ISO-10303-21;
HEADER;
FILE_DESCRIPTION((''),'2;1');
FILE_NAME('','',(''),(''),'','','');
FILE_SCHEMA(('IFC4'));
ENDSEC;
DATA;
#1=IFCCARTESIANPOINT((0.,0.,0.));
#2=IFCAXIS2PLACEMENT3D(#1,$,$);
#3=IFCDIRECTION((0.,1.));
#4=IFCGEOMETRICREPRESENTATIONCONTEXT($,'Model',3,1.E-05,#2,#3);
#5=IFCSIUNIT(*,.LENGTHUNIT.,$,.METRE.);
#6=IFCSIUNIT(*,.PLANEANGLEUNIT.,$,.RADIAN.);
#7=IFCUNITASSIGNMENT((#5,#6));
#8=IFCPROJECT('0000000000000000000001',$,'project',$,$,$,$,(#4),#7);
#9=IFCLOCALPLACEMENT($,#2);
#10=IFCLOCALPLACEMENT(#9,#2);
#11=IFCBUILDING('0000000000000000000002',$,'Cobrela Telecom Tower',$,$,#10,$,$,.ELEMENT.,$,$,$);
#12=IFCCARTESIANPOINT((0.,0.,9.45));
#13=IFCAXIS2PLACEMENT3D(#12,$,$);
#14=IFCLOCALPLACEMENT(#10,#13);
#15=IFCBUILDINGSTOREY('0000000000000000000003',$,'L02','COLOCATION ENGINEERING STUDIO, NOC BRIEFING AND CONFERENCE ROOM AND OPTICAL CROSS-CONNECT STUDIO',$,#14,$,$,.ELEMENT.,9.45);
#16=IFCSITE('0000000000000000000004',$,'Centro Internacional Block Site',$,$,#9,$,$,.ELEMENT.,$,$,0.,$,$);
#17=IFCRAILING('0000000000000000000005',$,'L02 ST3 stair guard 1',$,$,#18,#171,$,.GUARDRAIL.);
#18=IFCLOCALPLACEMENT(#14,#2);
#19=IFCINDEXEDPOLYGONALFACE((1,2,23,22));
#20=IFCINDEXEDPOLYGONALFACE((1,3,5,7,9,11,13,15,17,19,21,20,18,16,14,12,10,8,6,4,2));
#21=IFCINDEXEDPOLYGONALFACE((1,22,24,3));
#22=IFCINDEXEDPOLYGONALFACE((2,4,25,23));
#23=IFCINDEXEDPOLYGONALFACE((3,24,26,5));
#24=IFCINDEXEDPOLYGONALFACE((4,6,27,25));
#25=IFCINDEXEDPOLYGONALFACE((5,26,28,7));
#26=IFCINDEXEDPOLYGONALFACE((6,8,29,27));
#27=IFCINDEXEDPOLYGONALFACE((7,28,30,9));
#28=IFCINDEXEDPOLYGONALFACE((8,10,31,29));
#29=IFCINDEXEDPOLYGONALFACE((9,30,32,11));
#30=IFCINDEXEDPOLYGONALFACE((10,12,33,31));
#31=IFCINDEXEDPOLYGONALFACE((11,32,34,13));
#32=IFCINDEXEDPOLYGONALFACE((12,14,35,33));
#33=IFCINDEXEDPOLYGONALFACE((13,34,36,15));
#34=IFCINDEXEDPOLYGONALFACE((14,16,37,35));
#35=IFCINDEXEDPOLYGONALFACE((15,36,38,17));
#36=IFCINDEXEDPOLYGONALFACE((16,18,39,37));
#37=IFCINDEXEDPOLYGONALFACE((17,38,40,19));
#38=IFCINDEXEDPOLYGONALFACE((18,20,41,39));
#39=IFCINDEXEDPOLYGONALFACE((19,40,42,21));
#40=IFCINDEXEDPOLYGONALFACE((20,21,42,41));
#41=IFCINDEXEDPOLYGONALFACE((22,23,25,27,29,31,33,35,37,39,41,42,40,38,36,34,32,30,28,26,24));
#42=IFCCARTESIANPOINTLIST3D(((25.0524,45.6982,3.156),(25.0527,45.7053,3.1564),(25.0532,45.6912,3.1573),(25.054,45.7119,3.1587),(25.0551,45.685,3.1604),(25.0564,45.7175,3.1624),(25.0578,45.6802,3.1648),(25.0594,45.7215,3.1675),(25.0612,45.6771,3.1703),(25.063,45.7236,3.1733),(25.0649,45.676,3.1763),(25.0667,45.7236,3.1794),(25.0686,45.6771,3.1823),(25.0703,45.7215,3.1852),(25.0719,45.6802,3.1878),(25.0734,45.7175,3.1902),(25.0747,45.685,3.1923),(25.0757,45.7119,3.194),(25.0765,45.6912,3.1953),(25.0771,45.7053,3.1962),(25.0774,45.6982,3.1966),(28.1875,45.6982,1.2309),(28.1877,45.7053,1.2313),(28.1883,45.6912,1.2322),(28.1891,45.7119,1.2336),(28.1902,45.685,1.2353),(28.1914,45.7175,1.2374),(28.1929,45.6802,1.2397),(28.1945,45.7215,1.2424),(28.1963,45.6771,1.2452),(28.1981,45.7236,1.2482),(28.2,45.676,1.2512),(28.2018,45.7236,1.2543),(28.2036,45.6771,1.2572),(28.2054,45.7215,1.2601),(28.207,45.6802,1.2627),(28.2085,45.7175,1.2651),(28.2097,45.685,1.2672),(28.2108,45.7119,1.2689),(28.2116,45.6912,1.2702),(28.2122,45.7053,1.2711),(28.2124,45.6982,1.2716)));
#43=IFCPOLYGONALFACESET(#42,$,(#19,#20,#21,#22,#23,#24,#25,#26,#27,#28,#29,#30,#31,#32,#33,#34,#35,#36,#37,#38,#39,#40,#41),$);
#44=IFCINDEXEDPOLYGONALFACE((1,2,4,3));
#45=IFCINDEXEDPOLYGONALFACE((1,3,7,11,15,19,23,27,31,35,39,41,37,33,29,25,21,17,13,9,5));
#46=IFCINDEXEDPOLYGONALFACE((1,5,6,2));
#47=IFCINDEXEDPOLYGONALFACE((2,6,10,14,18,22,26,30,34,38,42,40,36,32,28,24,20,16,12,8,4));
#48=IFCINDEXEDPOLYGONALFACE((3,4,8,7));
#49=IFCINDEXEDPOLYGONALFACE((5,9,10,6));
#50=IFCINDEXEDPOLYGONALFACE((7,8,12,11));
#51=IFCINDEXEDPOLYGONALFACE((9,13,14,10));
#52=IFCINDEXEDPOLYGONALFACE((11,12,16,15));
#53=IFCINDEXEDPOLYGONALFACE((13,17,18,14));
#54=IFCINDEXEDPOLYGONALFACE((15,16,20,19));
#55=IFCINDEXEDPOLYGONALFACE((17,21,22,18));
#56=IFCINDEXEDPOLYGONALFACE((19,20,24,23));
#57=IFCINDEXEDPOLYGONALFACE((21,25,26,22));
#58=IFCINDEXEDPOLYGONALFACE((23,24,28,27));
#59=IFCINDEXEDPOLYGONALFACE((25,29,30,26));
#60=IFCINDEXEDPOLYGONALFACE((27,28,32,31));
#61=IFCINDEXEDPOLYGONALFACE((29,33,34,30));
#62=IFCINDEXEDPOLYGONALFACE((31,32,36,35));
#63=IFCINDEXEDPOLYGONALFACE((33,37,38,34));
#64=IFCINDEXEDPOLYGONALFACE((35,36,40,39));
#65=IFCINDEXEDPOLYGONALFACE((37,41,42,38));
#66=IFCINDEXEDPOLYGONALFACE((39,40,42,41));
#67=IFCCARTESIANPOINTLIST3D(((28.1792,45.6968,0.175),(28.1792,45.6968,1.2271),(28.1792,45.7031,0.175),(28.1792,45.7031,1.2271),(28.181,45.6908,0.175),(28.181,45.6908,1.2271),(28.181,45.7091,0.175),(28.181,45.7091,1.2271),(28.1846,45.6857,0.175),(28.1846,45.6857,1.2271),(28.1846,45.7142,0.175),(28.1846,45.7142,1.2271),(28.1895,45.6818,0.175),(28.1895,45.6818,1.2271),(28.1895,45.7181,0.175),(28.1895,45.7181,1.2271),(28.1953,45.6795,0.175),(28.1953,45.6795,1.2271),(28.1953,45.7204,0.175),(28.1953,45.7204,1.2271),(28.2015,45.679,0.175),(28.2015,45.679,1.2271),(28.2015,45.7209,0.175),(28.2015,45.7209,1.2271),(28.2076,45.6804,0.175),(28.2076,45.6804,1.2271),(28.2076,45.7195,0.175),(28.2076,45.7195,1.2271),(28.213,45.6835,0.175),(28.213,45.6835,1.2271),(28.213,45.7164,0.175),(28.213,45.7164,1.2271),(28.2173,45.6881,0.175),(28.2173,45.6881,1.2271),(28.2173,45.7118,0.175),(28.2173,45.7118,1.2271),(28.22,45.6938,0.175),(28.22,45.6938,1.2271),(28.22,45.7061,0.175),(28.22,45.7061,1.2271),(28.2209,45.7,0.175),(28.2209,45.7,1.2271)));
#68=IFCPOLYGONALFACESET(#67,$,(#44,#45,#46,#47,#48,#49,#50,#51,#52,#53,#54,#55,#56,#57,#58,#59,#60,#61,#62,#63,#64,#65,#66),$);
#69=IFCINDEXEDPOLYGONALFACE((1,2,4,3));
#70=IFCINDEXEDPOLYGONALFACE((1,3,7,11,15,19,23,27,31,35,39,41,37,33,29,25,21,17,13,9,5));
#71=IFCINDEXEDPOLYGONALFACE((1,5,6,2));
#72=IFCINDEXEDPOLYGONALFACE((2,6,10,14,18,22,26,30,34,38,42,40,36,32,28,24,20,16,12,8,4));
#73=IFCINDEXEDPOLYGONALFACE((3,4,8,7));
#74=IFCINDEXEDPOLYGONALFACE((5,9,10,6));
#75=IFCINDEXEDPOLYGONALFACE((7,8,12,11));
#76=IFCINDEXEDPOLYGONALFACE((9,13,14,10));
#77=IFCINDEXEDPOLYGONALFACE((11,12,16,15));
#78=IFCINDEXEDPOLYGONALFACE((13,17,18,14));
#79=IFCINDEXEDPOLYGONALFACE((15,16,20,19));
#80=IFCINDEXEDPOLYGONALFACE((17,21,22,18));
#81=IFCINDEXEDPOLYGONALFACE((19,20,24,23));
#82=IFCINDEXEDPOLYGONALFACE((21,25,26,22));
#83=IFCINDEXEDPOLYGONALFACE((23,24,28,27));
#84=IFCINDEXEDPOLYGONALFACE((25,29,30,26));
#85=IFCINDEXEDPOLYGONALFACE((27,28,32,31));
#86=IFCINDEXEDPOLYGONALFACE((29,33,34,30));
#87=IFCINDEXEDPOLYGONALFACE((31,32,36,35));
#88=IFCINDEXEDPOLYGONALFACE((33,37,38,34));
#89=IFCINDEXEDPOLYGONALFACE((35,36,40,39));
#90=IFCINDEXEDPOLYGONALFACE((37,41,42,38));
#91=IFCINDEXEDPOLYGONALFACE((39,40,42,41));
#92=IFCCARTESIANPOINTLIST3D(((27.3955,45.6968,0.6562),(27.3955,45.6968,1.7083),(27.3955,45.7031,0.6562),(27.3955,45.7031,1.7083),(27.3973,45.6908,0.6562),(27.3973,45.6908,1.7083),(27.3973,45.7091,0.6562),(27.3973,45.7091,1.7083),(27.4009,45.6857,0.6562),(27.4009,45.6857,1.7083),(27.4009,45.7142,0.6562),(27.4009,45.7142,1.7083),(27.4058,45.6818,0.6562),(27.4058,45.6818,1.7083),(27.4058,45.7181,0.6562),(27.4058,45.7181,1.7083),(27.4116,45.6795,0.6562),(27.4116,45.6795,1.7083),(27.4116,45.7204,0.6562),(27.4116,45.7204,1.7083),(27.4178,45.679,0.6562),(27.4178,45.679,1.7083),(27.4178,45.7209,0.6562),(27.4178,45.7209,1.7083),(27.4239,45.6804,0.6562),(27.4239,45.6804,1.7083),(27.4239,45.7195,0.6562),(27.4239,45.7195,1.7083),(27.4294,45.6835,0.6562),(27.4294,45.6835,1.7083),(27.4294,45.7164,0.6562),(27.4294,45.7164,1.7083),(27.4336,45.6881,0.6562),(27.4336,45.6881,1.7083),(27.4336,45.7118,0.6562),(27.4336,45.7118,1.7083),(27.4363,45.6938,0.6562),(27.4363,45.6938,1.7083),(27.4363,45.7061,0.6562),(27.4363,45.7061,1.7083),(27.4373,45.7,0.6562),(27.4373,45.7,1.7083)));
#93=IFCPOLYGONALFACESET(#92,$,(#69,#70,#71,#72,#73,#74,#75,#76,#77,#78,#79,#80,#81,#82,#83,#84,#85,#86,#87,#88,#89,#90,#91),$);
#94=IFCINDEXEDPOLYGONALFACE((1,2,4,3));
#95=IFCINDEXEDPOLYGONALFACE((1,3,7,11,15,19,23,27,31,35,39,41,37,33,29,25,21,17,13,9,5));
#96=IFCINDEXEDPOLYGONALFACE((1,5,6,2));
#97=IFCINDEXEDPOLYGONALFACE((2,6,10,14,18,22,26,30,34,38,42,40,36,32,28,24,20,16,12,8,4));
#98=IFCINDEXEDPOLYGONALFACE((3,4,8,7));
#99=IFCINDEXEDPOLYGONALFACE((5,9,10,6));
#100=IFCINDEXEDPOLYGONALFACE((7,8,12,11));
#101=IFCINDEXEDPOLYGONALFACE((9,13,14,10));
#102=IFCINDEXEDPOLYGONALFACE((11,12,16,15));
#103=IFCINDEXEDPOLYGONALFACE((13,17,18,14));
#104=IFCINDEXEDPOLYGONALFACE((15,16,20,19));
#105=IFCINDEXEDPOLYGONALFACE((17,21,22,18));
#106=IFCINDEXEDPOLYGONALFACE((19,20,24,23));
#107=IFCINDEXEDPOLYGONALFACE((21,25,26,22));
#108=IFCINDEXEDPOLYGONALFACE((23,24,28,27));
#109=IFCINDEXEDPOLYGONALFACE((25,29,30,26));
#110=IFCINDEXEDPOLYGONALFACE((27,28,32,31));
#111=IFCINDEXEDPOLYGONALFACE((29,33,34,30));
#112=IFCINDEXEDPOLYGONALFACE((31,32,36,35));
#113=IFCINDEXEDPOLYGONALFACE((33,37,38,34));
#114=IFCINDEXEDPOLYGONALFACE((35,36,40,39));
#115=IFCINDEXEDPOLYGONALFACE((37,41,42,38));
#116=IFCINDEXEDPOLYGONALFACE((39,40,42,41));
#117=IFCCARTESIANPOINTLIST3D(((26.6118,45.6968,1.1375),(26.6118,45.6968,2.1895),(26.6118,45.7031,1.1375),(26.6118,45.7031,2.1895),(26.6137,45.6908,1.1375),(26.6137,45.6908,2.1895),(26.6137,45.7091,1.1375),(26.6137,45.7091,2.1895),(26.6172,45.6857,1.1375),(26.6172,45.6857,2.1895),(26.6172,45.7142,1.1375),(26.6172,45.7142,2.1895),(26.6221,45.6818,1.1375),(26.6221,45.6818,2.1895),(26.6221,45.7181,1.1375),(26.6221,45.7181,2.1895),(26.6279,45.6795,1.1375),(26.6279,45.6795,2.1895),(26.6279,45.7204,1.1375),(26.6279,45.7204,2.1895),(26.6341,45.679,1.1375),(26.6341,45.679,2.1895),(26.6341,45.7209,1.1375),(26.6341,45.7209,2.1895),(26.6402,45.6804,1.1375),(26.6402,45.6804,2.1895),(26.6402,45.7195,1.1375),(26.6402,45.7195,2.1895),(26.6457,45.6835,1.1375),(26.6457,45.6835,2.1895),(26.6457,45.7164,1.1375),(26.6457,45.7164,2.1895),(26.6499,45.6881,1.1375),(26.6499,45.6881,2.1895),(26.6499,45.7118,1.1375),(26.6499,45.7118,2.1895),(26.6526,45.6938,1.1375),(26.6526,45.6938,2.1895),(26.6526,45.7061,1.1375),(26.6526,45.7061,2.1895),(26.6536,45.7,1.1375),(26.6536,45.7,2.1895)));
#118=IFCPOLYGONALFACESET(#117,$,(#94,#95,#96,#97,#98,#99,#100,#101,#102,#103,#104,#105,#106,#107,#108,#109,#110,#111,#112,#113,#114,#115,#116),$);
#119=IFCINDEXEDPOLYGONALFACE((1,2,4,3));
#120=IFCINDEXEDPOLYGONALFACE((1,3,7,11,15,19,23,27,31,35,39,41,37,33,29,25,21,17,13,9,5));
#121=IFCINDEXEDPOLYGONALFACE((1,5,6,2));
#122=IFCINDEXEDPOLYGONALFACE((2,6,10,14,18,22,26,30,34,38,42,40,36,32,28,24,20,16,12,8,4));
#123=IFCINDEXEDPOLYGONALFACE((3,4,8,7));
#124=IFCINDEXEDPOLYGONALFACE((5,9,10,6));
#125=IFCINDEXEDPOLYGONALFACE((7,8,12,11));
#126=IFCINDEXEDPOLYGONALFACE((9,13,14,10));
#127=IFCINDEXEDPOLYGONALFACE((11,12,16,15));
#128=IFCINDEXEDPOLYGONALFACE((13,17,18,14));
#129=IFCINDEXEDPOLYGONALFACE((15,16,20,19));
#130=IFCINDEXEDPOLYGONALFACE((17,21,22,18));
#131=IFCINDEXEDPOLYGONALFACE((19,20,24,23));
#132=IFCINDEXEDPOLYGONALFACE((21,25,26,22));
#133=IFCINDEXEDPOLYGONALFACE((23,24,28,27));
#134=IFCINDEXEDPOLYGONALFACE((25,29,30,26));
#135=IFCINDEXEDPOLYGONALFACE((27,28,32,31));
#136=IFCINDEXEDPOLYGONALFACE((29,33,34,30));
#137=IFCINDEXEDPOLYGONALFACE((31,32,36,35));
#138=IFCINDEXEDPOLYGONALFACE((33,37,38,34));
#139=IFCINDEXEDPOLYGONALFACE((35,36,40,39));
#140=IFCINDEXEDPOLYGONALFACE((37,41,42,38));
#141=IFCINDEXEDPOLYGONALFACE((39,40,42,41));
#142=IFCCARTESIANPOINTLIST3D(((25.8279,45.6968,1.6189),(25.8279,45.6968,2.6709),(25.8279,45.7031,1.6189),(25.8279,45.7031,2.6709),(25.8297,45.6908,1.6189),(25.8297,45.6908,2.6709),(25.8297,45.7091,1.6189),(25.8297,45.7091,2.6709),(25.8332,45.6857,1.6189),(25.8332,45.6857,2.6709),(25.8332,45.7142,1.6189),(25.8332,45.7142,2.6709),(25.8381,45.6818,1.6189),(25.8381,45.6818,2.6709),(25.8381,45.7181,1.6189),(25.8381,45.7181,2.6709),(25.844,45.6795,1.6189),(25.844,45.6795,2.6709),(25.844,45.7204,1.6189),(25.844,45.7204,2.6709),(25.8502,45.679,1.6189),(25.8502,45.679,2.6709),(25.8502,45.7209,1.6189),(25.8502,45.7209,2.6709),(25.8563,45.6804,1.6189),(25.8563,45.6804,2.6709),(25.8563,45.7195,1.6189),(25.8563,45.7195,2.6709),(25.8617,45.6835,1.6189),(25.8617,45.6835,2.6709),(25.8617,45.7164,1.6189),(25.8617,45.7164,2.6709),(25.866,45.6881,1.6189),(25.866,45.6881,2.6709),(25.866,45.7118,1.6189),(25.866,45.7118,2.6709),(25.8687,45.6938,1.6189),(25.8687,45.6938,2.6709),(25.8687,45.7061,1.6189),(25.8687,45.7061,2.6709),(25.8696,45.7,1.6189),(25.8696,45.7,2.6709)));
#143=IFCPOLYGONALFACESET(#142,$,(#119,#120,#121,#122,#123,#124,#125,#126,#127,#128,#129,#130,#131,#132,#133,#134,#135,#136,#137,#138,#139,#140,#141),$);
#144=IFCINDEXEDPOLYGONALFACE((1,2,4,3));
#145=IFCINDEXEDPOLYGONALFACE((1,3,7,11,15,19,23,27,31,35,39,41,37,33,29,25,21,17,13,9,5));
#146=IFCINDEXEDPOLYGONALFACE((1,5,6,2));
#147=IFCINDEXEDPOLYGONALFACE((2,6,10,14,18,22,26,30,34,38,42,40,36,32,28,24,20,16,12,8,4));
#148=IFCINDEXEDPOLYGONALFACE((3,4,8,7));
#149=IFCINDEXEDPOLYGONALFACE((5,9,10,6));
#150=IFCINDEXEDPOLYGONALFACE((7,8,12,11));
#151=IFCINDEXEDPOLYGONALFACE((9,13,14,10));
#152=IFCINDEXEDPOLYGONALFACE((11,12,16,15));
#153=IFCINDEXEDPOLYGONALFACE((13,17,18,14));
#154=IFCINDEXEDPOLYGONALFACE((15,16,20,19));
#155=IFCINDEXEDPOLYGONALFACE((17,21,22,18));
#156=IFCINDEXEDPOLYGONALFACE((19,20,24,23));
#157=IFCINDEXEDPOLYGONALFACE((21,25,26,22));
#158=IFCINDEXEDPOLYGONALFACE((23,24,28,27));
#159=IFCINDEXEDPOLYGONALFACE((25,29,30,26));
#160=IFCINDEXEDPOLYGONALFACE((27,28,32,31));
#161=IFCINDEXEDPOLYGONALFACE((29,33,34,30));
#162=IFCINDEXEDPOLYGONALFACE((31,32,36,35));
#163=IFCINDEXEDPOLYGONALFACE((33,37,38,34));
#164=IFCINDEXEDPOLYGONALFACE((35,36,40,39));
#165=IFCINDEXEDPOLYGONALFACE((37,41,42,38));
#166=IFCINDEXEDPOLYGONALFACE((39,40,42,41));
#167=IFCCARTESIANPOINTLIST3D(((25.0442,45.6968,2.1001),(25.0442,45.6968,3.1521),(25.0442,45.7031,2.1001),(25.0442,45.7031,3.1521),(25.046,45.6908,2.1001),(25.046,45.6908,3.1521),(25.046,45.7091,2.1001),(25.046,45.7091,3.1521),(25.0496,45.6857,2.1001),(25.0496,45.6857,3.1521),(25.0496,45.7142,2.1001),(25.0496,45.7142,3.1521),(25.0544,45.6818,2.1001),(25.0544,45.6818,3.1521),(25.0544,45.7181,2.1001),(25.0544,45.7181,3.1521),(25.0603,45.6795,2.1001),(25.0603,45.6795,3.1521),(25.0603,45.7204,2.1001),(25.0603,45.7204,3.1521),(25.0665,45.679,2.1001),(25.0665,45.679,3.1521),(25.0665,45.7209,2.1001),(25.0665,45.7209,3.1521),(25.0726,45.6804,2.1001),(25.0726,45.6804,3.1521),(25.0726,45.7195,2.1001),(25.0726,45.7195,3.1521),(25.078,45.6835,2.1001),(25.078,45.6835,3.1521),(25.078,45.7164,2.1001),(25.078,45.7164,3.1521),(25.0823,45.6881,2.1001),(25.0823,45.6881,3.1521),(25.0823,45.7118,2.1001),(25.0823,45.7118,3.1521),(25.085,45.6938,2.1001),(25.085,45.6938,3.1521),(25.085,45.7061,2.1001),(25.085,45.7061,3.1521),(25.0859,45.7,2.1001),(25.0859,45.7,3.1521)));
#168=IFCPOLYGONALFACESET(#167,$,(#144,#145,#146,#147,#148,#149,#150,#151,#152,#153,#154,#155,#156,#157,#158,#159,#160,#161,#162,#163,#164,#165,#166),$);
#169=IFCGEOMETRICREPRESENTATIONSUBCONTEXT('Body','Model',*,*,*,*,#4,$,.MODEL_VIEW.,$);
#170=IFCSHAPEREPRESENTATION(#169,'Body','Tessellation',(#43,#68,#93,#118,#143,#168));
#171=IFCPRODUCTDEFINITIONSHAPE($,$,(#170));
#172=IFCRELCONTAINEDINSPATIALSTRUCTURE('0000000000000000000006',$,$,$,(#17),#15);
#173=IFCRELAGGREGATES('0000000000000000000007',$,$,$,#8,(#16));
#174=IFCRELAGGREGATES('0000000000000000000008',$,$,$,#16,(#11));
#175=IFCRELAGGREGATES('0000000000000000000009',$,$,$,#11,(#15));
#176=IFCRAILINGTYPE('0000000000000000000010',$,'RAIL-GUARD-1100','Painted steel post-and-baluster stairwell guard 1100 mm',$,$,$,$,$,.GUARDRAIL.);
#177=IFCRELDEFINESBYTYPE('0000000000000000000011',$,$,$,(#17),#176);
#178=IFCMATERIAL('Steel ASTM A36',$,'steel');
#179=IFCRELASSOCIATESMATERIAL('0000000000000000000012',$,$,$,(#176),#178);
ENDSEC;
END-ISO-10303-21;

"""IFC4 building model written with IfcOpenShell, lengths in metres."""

from ifc_helpers import new_model, si_unit, direction, frame, origin, origin_2d, place, context, subcontext, project, spatial, circle, extrude, material, type_object, element, save


model = new_model("IFC4")

# Units and contexts
model_context = context("Model", 3, precision=1e-05, world=origin(), true_north=direction((0.0, 1.0)))
body_context = subcontext(model_context, "Body", "Model", "MODEL_VIEW")
ifc_project = project(units=[si_unit("LENGTHUNIT", "METRE"), si_unit("PLANEANGLEUNIT", "RADIAN")], contexts=[model_context])

# Site, building, storey
site_placement = place(None, origin())
site = spatial("IfcSite", under=ifc_project, at=site_placement, Name="Centro Internacional Block Site", CompositionType="ELEMENT", RefElevation=0.0)
building_placement = place(site_placement, origin())
building = spatial("IfcBuilding", under=site, at=building_placement, Name="Cobrela Telecom Tower", CompositionType="ELEMENT")
storey_placement = place(building_placement, frame((0.0, 0.0, 9.45)))
storey = spatial("IfcBuildingStorey", under=building, at=storey_placement, Name="L02", Description="COLOCATION ENGINEERING STUDIO, NOC BRIEFING AND CONFERENCE ROOM AND OPTICAL CROSS-CONNECT STUDIO", CompositionType="ELEMENT", Elevation=9.45)

# Shared definitions
ifc_material_1 = material(Name="Steel ASTM A36", Category="steel")

# Railing
railing_type_1 = type_object("IfcRailingType", Name="RAIL-GUARD-1100", Description="Painted steel post-and-baluster stairwell guard 1100 mm", PredefinedType="GUARDRAIL", material=ifc_material_1)
railing_1_placement = place(storey_placement, frame((28.2, 45.7, 0.175)))
element("IfcRailing", 1, at=railing_1_placement, inside=storey, type_object=railing_type_1, Name="L02 ST3 stair guard 1", PredefinedType="GUARDRAIL", context=body_context, shape_type="SweptSolid", body=[
    extrude(circle(Radius=0.0239, at=origin_2d()), frame((0.0, 0.0, 1.0762), z_axis=(-0.852166, 0.0, 0.523271), x_axis=(0.0, -1.0, 0.0)), (0.0, 0.0, 1.0), 3.679),
    extrude(circle(Radius=0.021, at=origin_2d()), origin(), (0.0, 0.0, 1.0), 1.052),
    extrude(circle(Radius=0.021, at=origin_2d()), frame((-0.7837, 0.0, 0.4812)), (0.0, 0.0, 1.0), 1.052),
    extrude(circle(Radius=0.021, at=origin_2d()), frame((-1.5674, 0.0, 0.9624)), (0.0, 0.0, 1.0), 1.052),
    extrude(circle(Radius=0.021, at=origin_2d()), frame((-2.3513, 0.0, 1.4438)), (0.0, 0.0, 1.0), 1.052),
    extrude(circle(Radius=0.021, at=origin_2d()), frame((-3.135, 0.0, 1.925)), (0.0, 0.0, 1.0), 1.052),
])

save(model, "model.ifc")
